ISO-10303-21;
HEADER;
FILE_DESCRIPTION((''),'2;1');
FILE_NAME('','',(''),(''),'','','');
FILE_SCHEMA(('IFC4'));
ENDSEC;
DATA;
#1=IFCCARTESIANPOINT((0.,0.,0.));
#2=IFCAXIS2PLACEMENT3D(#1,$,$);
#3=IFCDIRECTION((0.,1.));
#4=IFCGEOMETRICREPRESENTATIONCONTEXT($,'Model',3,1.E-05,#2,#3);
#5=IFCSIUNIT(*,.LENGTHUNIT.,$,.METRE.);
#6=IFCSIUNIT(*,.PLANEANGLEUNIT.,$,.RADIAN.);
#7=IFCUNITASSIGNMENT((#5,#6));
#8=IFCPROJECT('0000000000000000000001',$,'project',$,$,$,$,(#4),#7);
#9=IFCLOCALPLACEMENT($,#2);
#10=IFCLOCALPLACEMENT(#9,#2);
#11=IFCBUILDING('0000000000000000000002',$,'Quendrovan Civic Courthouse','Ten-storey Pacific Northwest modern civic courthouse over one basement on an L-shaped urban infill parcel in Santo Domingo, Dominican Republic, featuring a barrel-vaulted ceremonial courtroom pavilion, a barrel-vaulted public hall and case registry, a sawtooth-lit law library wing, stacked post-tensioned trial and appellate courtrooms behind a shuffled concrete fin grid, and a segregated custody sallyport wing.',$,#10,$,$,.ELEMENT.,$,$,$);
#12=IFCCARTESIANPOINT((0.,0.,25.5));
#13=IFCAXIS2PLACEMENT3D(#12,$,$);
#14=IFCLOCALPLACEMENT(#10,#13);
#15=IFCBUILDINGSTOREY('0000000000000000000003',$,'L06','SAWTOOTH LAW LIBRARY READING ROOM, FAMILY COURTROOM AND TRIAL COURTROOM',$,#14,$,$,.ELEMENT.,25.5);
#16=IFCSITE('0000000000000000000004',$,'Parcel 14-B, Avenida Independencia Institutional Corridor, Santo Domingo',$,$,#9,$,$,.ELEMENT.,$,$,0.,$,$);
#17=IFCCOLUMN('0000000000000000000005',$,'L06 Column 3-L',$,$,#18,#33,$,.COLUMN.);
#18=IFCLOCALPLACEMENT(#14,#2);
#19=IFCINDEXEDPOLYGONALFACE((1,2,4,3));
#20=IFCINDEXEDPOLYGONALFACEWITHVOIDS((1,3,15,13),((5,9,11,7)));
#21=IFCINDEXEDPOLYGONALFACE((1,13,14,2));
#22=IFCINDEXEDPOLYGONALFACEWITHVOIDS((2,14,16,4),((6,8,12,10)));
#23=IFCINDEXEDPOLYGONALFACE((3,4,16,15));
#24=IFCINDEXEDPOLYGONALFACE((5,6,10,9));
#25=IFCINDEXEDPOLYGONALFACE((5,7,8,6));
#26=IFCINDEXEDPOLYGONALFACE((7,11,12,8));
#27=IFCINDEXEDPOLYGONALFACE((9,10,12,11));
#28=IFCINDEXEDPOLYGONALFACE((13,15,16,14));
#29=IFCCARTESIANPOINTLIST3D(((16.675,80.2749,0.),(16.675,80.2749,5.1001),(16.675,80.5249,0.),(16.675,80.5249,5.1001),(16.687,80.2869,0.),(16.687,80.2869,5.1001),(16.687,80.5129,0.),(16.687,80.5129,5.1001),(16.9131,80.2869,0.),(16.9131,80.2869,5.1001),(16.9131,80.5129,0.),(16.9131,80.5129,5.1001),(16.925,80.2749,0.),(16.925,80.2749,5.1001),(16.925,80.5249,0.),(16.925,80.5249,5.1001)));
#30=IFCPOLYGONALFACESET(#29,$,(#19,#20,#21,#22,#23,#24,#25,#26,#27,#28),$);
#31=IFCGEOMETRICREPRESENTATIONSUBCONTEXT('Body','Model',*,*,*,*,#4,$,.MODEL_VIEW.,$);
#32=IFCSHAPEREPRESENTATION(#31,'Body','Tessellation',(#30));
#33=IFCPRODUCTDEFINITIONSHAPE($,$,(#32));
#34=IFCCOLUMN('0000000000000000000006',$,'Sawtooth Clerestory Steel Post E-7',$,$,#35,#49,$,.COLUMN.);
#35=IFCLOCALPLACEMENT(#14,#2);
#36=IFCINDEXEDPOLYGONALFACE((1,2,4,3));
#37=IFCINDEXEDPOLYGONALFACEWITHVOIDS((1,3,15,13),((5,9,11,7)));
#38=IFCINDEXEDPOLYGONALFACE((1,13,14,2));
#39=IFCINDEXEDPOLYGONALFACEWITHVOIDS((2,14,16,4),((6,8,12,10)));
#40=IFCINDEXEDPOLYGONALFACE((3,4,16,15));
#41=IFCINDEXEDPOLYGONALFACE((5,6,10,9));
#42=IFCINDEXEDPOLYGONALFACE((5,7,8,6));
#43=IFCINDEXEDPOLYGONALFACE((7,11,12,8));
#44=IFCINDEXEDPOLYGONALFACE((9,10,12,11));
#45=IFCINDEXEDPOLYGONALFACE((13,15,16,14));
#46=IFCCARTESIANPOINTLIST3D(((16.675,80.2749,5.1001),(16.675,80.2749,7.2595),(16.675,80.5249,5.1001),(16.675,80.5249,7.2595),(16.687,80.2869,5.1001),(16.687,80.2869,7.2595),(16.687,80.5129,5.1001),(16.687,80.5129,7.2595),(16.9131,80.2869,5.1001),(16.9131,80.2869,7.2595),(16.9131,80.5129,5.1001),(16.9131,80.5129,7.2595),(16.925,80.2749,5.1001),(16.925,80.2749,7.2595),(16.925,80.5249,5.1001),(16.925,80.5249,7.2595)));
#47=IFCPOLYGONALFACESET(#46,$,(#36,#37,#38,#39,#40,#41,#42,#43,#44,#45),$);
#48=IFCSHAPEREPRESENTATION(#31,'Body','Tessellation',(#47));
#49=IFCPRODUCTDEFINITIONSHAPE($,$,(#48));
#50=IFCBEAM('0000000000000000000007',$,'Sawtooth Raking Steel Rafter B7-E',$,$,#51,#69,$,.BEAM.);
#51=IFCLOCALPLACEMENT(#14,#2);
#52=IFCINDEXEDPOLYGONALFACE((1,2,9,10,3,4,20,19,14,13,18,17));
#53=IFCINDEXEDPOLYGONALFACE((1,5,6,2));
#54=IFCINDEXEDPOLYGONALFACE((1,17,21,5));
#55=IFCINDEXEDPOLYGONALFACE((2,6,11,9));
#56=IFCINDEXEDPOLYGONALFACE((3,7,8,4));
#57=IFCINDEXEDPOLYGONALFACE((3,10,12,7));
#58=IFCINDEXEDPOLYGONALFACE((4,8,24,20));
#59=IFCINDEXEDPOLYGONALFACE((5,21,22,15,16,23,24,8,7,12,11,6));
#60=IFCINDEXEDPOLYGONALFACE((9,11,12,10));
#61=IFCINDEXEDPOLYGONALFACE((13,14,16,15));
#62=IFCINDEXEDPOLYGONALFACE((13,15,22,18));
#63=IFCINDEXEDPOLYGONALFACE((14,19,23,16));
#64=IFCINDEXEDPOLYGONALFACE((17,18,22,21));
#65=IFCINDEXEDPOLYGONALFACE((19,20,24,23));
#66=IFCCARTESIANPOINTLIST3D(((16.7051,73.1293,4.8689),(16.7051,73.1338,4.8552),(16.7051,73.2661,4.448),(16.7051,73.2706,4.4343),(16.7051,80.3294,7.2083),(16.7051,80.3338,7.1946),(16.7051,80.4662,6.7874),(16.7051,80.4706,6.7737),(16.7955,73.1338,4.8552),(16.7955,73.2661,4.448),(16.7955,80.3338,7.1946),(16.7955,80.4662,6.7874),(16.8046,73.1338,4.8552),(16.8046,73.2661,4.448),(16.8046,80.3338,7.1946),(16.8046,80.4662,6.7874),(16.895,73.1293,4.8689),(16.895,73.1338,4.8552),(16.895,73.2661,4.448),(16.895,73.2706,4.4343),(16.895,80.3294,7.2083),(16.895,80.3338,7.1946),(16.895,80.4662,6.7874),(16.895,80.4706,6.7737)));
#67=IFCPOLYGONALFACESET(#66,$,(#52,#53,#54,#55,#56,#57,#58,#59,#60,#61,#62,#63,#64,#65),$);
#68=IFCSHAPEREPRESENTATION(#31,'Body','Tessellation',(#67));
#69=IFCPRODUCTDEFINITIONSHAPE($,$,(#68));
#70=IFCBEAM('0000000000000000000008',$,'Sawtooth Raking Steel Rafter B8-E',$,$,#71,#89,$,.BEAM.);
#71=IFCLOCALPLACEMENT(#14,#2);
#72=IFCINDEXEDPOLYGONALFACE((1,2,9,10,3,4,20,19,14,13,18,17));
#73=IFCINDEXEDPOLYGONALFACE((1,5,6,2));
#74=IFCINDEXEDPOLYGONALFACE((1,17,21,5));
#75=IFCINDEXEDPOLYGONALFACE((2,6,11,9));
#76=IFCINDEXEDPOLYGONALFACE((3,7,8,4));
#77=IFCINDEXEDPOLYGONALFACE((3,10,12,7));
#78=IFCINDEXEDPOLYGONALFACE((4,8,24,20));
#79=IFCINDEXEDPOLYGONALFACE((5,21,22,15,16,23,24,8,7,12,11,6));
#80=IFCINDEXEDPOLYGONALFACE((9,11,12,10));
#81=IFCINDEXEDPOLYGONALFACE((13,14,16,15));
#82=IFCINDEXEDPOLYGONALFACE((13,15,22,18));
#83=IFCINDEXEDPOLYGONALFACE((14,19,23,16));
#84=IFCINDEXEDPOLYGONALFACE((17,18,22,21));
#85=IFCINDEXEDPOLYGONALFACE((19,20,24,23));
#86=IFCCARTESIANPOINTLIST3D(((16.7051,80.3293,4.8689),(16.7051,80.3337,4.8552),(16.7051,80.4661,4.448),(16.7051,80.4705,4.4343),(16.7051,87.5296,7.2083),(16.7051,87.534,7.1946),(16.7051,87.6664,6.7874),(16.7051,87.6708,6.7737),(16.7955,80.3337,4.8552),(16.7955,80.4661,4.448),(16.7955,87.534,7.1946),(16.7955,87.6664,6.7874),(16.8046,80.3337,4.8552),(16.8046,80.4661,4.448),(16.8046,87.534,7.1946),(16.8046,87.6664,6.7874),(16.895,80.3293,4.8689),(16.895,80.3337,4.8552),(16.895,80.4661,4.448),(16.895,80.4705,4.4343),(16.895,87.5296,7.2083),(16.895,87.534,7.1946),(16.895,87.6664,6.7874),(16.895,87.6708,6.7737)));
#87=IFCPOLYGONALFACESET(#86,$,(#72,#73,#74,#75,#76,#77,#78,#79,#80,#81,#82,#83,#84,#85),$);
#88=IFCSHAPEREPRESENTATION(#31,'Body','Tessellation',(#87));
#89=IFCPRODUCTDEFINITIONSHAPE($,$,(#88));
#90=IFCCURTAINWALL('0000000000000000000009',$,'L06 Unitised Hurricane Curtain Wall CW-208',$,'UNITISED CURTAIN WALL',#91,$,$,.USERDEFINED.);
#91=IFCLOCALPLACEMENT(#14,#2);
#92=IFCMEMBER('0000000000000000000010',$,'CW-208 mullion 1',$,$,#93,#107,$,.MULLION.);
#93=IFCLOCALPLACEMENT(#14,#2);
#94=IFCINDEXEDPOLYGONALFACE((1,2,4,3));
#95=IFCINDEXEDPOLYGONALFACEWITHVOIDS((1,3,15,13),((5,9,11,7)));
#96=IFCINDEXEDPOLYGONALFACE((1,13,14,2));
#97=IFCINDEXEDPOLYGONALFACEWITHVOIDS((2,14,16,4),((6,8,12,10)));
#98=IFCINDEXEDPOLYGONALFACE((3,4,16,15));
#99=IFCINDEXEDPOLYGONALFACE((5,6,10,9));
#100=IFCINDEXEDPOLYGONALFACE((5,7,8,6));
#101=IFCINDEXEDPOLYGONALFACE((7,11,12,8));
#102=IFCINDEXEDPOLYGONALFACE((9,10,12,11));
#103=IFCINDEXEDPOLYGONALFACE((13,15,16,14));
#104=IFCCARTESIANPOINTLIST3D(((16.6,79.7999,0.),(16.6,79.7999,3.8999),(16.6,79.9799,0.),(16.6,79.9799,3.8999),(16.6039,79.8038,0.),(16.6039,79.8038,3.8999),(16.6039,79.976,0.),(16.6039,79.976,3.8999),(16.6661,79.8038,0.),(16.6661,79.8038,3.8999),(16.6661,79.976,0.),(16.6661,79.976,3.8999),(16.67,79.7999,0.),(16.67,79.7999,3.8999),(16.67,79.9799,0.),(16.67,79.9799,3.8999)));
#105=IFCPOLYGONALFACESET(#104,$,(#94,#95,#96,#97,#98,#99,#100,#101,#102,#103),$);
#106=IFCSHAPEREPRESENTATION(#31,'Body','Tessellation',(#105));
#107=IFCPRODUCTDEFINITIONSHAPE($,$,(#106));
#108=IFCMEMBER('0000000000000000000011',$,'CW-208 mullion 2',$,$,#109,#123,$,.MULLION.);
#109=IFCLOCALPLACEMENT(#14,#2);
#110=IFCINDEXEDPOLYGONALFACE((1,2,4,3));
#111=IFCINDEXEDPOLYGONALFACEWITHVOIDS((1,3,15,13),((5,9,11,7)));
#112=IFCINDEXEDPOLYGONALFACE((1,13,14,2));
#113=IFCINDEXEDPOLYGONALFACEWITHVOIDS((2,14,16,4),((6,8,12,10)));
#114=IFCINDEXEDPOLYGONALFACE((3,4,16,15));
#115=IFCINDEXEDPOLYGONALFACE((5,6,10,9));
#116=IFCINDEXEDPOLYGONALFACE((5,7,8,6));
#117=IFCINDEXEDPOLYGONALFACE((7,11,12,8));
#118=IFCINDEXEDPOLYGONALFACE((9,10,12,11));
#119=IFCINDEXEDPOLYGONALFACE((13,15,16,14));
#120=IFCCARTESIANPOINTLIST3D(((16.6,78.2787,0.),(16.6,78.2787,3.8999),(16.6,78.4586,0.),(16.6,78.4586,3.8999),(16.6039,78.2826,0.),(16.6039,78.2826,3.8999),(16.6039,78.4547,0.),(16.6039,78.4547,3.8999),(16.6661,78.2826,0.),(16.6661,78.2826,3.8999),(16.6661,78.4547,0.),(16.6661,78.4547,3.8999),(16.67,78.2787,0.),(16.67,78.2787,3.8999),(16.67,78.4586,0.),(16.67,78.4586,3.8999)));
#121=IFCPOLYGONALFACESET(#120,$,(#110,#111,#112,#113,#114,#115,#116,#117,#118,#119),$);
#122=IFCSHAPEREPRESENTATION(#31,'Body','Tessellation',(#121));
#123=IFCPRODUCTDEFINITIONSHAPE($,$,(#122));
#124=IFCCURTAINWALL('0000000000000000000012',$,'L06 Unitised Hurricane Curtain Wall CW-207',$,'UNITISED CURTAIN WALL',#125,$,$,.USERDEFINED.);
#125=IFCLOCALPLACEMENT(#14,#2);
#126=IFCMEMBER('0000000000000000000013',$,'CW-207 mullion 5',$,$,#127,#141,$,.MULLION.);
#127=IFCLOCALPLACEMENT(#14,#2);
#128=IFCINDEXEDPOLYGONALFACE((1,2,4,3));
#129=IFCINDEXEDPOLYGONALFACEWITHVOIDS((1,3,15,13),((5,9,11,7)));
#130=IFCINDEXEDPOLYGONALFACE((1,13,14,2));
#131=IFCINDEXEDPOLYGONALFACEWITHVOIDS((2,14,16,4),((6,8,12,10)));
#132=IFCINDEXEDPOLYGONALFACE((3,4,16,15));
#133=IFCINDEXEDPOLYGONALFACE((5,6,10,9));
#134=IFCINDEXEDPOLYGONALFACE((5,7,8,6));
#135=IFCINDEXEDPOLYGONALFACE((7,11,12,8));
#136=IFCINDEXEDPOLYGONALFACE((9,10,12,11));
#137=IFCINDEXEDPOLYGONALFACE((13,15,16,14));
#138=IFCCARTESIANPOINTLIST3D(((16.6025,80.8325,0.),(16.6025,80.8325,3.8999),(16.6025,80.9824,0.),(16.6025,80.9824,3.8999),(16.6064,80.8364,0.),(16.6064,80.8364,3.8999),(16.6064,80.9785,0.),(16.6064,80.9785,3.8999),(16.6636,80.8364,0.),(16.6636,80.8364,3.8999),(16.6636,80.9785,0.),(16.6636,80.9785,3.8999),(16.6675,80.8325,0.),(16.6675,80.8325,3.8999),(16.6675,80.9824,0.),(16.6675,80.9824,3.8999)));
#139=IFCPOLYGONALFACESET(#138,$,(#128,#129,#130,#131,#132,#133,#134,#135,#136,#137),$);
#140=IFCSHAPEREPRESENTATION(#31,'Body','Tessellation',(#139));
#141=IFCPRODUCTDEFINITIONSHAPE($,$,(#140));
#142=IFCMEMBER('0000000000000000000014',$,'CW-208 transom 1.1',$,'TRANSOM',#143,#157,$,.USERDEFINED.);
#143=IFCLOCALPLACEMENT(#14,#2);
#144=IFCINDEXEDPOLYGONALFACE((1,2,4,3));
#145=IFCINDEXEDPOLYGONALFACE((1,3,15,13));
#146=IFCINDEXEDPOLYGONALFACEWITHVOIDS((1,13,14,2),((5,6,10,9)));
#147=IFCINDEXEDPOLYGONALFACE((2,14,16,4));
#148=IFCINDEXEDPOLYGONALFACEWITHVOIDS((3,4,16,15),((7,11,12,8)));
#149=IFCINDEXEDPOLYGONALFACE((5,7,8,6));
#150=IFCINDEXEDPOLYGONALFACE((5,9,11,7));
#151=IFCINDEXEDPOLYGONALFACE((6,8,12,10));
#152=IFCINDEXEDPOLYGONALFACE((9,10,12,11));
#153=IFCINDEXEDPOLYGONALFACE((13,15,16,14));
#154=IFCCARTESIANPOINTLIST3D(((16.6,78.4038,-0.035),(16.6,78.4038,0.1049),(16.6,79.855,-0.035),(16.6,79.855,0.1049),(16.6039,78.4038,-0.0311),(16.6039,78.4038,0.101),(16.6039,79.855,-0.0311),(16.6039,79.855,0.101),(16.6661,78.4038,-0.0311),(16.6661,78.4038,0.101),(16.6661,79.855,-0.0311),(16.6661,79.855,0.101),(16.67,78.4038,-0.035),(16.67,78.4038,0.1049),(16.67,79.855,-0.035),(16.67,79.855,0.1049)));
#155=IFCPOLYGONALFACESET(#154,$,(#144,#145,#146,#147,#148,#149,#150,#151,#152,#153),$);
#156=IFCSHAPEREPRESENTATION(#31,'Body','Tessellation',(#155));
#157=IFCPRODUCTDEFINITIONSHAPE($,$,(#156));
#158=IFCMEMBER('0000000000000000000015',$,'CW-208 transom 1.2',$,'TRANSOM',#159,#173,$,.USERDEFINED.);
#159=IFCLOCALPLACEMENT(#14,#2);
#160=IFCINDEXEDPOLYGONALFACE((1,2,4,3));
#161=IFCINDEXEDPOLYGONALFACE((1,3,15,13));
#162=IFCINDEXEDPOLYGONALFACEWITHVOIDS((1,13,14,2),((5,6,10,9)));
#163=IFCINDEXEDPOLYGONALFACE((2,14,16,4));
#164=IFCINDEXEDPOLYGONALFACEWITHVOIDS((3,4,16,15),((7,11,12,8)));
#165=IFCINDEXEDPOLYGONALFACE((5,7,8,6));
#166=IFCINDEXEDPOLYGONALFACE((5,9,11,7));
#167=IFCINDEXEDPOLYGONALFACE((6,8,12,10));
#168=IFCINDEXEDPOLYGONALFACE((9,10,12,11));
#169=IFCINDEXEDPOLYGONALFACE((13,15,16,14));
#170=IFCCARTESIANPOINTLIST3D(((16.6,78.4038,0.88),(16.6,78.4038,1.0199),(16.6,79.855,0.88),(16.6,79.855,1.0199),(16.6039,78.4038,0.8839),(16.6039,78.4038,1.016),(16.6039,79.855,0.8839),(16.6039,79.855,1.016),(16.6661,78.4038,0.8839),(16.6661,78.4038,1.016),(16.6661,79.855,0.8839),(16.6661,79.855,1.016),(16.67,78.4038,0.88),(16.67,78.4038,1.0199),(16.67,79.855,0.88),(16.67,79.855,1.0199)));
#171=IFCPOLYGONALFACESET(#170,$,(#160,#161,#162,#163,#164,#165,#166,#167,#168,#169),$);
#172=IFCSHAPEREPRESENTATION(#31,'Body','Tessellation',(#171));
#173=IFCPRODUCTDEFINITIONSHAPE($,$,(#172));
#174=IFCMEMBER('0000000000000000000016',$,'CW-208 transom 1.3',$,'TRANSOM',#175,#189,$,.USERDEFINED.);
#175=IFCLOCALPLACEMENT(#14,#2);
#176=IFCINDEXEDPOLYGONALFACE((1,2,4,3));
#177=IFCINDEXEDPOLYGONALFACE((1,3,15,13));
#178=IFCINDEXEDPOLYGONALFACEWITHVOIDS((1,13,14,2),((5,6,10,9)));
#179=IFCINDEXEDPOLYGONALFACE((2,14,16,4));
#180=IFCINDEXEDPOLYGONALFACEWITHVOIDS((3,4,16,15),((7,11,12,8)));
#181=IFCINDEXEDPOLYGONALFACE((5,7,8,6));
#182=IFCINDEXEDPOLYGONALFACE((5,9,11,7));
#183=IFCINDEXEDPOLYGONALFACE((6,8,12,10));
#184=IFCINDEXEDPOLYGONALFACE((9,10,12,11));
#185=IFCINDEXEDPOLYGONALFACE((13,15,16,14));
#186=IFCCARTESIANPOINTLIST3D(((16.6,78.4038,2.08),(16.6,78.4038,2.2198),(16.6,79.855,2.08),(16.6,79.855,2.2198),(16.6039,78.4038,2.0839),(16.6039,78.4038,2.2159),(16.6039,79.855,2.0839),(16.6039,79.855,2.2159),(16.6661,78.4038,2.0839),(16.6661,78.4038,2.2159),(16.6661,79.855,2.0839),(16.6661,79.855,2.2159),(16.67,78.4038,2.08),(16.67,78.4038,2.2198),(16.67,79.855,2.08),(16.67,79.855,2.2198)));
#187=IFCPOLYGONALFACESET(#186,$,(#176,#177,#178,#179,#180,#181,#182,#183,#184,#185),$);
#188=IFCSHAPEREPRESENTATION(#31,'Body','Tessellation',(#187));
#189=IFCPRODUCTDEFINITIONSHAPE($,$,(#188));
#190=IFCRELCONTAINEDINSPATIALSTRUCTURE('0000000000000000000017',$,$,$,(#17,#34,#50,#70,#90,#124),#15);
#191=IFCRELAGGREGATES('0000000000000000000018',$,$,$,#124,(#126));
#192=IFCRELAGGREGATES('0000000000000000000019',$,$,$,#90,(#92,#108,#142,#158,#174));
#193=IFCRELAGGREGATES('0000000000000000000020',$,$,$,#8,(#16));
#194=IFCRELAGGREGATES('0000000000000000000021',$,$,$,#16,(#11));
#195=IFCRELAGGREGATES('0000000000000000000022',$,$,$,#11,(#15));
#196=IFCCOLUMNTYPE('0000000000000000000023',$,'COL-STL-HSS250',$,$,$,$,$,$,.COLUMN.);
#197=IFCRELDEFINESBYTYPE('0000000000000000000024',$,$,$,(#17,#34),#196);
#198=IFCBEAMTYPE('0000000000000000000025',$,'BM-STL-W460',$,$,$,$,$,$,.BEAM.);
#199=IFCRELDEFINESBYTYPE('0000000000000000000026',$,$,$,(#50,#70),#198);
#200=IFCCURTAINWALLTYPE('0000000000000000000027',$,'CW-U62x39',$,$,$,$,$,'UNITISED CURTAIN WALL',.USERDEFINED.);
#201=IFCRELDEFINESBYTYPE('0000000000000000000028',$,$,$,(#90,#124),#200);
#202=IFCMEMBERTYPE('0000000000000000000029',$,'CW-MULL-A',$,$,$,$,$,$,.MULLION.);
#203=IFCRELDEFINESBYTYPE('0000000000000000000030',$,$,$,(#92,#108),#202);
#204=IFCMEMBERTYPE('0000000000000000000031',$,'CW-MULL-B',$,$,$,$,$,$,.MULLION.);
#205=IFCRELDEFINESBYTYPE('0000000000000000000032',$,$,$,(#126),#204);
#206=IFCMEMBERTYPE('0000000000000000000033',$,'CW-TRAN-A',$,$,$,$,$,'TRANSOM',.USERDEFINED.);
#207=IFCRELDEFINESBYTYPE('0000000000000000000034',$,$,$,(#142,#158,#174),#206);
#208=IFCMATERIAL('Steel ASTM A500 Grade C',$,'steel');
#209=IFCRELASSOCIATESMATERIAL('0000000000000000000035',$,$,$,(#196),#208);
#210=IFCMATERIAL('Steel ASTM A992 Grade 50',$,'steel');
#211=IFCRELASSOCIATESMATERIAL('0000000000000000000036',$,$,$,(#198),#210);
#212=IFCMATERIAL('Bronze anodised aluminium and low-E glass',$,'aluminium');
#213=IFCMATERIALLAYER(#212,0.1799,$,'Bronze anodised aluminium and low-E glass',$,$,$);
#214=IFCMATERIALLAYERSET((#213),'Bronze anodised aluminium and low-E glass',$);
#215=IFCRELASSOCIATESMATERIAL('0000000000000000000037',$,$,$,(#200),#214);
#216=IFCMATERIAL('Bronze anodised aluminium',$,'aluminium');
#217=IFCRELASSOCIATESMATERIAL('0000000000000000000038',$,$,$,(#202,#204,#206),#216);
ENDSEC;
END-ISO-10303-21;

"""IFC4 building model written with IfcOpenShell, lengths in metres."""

from ifc_helpers import new_model, si_unit, direction, frame, origin, origin_2d, place, context, subcontext, project, spatial, hollow_rectangle, i_section, extrude, material, layer, layer_set, material_profile, profile_set, type_object, element, aggregate, save


model = new_model("IFC4")

# Units and contexts
model_context = context("Model", 3, precision=1e-05, world=origin(), true_north=direction((0.0, 1.0)))
body_context = subcontext(model_context, "Body", "Model", "MODEL_VIEW")
ifc_project = project(units=[si_unit("LENGTHUNIT", "METRE"), si_unit("PLANEANGLEUNIT", "RADIAN")], contexts=[model_context])

# Site, building, storey
site_placement = place(None, origin())
site = spatial("IfcSite", under=ifc_project, at=site_placement, Name="Parcel 14-B, Avenida Independencia Institutional Corridor, Santo Domingo", CompositionType="ELEMENT", RefElevation=0.0)
building_placement = place(site_placement, origin())
building = spatial("IfcBuilding", under=site, at=building_placement, Name="Quendrovan Civic Courthouse", Description="Ten-storey Pacific Northwest modern civic courthouse over one basement on an L-shaped urban infill parcel in Santo Domingo, Dominican Republic, featuring a barrel-vaulted ceremonial courtroom pavilion, a barrel-vaulted public hall and case registry, a sawtooth-lit law library wing, stacked post-tensioned trial and appellate courtrooms behind a shuffled concrete fin grid, and a segregated custody sallyport wing.", CompositionType="ELEMENT")
storey_placement = place(building_placement, frame((0.0, 0.0, 25.5)))
storey = spatial("IfcBuildingStorey", under=building, at=storey_placement, Name="L06", Description="SAWTOOTH LAW LIBRARY READING ROOM, FAMILY COURTROOM AND TRIAL COURTROOM", CompositionType="ELEMENT", Elevation=25.5)

# Columns
ifc_material_1 = material(Name="Steel ASTM A500 Grade C", Category="steel")
ifc_material_profile_1 = material_profile(ifc_material_1, hollow_rectangle(XDim=0.25, YDim=0.25, WallThickness=0.012, at=origin_2d()), Name="HSS250x250x12")
ifc_profile_set_1 = profile_set([ifc_material_profile_1], Name="Steel ASTM A500 Grade C")
column_type = type_object("IfcColumnType", Name="COL-STL-HSS250", PredefinedType="COLUMN", material=ifc_profile_set_1)
column_1_placement = place(storey_placement, frame((16.8, 80.3999, 0.0), z_axis=(0.0, 0.0, 1.0), x_axis=(1.0, 0.0, 0.0)))
element("IfcColumn", 1, at=column_1_placement, inside=storey, type_object=column_type, Name="L06 Column 3-L", PredefinedType="COLUMN", context=body_context, shape_type="SweptSolid", body=[
    extrude(hollow_rectangle(XDim=0.25, YDim=0.25, WallThickness=0.012, at=origin_2d()), origin(), (0.0, 0.0, 1.0), 5.1001),
])
column_2_placement = place(storey_placement, frame((16.8, 80.3999, 5.1001), z_axis=(0.0, 0.0, 1.0), x_axis=(1.0, 0.0, 0.0)))
element("IfcColumn", 2, at=column_2_placement, inside=storey, type_object=column_type, Name="Sawtooth Clerestory Steel Post E-7", PredefinedType="COLUMN", context=body_context, shape_type="SweptSolid", body=[
    extrude(hollow_rectangle(XDim=0.25, YDim=0.25, WallThickness=0.012, at=origin_2d()), origin(), (0.0, 0.0, 1.0), 2.1594),
])

# Beams
ifc_material_2 = material(Name="Steel ASTM A992 Grade 50", Category="steel")
ifc_material_profile_2 = material_profile(ifc_material_2, i_section(OverallWidth=0.1899, OverallDepth=0.457, WebThickness=0.009, FlangeThickness=0.0144, at=origin_2d()), Name="W460x74")
ifc_profile_set_2 = profile_set([ifc_material_profile_2], Name="Steel ASTM A992 Grade 50")
beam_type = type_object("IfcBeamType", Name="BM-STL-W460", PredefinedType="BEAM", material=ifc_profile_set_2)
beam_1_placement = place(storey_placement, frame((16.8, 73.2, 4.6516), z_axis=(0.0, 0.951058, 0.309011), x_axis=(-1.0, 0.0, 0.0)))
element("IfcBeam", 3, at=beam_1_placement, inside=storey, type_object=beam_type, Name="Sawtooth Raking Steel Rafter B7-E", PredefinedType="BEAM", context=body_context, shape_type="SweptSolid", body=[
    extrude(i_section(OverallWidth=0.1899, OverallDepth=0.457, WebThickness=0.009, FlangeThickness=0.0144, at=origin_2d()), origin(), (0.0, 0.0, 1.0), 7.5706),
])
beam_2_placement = place(storey_placement, frame((16.8, 80.3999, 4.6516), z_axis=(0.0, 0.951062, 0.309001), x_axis=(-1.0, 0.0, 0.0)))
element("IfcBeam", 4, at=beam_2_placement, inside=storey, type_object=beam_type, Name="Sawtooth Raking Steel Rafter B8-E", PredefinedType="BEAM", context=body_context, shape_type="SweptSolid", body=[
    extrude(i_section(OverallWidth=0.1899, OverallDepth=0.457, WebThickness=0.009, FlangeThickness=0.0144, at=origin_2d()), origin(), (0.0, 0.0, 1.0), 7.5708),
])

# Curtain wall, members
ifc_material_3 = material(Name="Bronze anodised aluminium and low-E glass", Category="aluminium")
ifc_layer_1 = layer(ifc_material_3, 0.1799, Name="Bronze anodised aluminium and low-E glass")
ifc_layer_set_1 = layer_set([ifc_layer_1], Name="Bronze anodised aluminium and low-E glass")
curtain_wall_type = type_object("IfcCurtainWallType", Name="CW-U62x39", ElementType="UNITISED CURTAIN WALL", PredefinedType="USERDEFINED", material=ifc_layer_set_1)
curtain_wall_1_placement = place(storey_placement, origin())
curtain_wall_1 = element("IfcCurtainWall", 5, at=curtain_wall_1_placement, inside=storey, type_object=curtain_wall_type, Name="L06 Unitised Hurricane Curtain Wall CW-208", ObjectType="UNITISED CURTAIN WALL", PredefinedType="USERDEFINED")
ifc_material_4 = material(Name="Bronze anodised aluminium", Category="aluminium")
ifc_material_profile_3 = material_profile(ifc_material_4, hollow_rectangle(XDim=0.0701, YDim=0.1799, WallThickness=0.0039, at=origin_2d()), Name="CW-MULL-70x180")
ifc_profile_set_3 = profile_set([ifc_material_profile_3], Name="Bronze anodised aluminium")
member_type_1 = type_object("IfcMemberType", Name="CW-MULL-A", PredefinedType="MULLION", material=ifc_profile_set_3)
member_1_placement = place(storey_placement, frame((16.635, 79.8899, 0.0), z_axis=(0.0, 0.0, 1.0), x_axis=(1.0, 0.0, 0.0)))
member_1 = element("IfcMember", 6, at=member_1_placement, type_object=member_type_1, Name="CW-208 mullion 1", PredefinedType="MULLION", context=body_context, shape_type="SweptSolid", body=[
    extrude(hollow_rectangle(XDim=0.0701, YDim=0.1799, WallThickness=0.0039, at=origin_2d()), origin(), (0.0, 0.0, 1.0), 3.8999),
])
member_2_placement = place(storey_placement, frame((16.635, 78.3687, 0.0), z_axis=(0.0, 0.0, 1.0), x_axis=(1.0, 0.0, 0.0)))
member_2 = element("IfcMember", 7, at=member_2_placement, type_object=member_type_1, Name="CW-208 mullion 2", PredefinedType="MULLION", context=body_context, shape_type="SweptSolid", body=[
    extrude(hollow_rectangle(XDim=0.0701, YDim=0.1799, WallThickness=0.0039, at=origin_2d()), origin(), (0.0, 0.0, 1.0), 3.8999),
])

# Curtain wall, member
curtain_wall_2_placement = place(storey_placement, origin())
curtain_wall_2 = element("IfcCurtainWall", 8, at=curtain_wall_2_placement, inside=storey, type_object=curtain_wall_type, Name="L06 Unitised Hurricane Curtain Wall CW-207", ObjectType="UNITISED CURTAIN WALL", PredefinedType="USERDEFINED")
ifc_material_profile_4 = material_profile(ifc_material_4, hollow_rectangle(XDim=0.0649, YDim=0.1499, WallThickness=0.0039, at=origin_2d()), Name="CW-MULL-65x150")
ifc_profile_set_4 = profile_set([ifc_material_profile_4], Name="Bronze anodised aluminium")
member_type_2 = type_object("IfcMemberType", Name="CW-MULL-B", PredefinedType="MULLION", material=ifc_profile_set_4)
member_3_placement = place(storey_placement, frame((16.635, 80.9075, 0.0), z_axis=(0.0, 0.0, 1.0), x_axis=(1.0, 0.0, 0.0)))
member_3 = element("IfcMember", 9, at=member_3_placement, type_object=member_type_2, Name="CW-207 mullion 5", PredefinedType="MULLION", context=body_context, shape_type="SweptSolid", body=[
    extrude(hollow_rectangle(XDim=0.0649, YDim=0.1499, WallThickness=0.0039, at=origin_2d()), origin(), (0.0, 0.0, 1.0), 3.8999),
])
aggregate(curtain_wall_2, [member_3])

# Members
ifc_material_profile_5 = material_profile(ifc_material_4, hollow_rectangle(XDim=0.0701, YDim=0.1399, WallThickness=0.0039, at=origin_2d()), Name="CW-TRAN-70x140")
ifc_profile_set_5 = profile_set([ifc_material_profile_5], Name="Bronze anodised aluminium")
member_type_3 = type_object("IfcMemberType", Name="CW-TRAN-A", ElementType="TRANSOM", PredefinedType="USERDEFINED", material=ifc_profile_set_5)
member_4_placement = place(storey_placement, frame((16.635, 79.855, 0.0349), z_axis=(0.0, -1.0, 0.0), x_axis=(1.0, 0.0, 0.0)))
member_4 = element("IfcMember", 10, at=member_4_placement, type_object=member_type_3, Name="CW-208 transom 1.1", ObjectType="TRANSOM", PredefinedType="USERDEFINED", context=body_context, shape_type="SweptSolid", body=[
    extrude(hollow_rectangle(XDim=0.0701, YDim=0.1399, WallThickness=0.0039, at=origin_2d()), origin(), (0.0, 0.0, 1.0), 1.4512),
])
member_5_placement = place(storey_placement, frame((16.635, 79.855, 0.95), z_axis=(0.0, -1.0, 0.0), x_axis=(1.0, 0.0, 0.0)))
member_5 = element("IfcMember", 11, at=member_5_placement, type_object=member_type_3, Name="CW-208 transom 1.2", ObjectType="TRANSOM", PredefinedType="USERDEFINED", context=body_context, shape_type="SweptSolid", body=[
    extrude(hollow_rectangle(XDim=0.0701, YDim=0.1399, WallThickness=0.0039, at=origin_2d()), origin(), (0.0, 0.0, 1.0), 1.4512),
])
member_6_placement = place(storey_placement, frame((16.635, 79.855, 2.1499), z_axis=(0.0, -1.0, 0.0), x_axis=(1.0, 0.0, 0.0)))
member_6 = element("IfcMember", 12, at=member_6_placement, type_object=member_type_3, Name="CW-208 transom 1.3", ObjectType="TRANSOM", PredefinedType="USERDEFINED", context=body_context, shape_type="SweptSolid", body=[
    extrude(hollow_rectangle(XDim=0.0701, YDim=0.1399, WallThickness=0.0039, at=origin_2d()), origin(), (0.0, 0.0, 1.0), 1.4512),
])

aggregate(curtain_wall_1, [member_1, member_2, member_4, member_5, member_6])

save(model, "model.ifc")
